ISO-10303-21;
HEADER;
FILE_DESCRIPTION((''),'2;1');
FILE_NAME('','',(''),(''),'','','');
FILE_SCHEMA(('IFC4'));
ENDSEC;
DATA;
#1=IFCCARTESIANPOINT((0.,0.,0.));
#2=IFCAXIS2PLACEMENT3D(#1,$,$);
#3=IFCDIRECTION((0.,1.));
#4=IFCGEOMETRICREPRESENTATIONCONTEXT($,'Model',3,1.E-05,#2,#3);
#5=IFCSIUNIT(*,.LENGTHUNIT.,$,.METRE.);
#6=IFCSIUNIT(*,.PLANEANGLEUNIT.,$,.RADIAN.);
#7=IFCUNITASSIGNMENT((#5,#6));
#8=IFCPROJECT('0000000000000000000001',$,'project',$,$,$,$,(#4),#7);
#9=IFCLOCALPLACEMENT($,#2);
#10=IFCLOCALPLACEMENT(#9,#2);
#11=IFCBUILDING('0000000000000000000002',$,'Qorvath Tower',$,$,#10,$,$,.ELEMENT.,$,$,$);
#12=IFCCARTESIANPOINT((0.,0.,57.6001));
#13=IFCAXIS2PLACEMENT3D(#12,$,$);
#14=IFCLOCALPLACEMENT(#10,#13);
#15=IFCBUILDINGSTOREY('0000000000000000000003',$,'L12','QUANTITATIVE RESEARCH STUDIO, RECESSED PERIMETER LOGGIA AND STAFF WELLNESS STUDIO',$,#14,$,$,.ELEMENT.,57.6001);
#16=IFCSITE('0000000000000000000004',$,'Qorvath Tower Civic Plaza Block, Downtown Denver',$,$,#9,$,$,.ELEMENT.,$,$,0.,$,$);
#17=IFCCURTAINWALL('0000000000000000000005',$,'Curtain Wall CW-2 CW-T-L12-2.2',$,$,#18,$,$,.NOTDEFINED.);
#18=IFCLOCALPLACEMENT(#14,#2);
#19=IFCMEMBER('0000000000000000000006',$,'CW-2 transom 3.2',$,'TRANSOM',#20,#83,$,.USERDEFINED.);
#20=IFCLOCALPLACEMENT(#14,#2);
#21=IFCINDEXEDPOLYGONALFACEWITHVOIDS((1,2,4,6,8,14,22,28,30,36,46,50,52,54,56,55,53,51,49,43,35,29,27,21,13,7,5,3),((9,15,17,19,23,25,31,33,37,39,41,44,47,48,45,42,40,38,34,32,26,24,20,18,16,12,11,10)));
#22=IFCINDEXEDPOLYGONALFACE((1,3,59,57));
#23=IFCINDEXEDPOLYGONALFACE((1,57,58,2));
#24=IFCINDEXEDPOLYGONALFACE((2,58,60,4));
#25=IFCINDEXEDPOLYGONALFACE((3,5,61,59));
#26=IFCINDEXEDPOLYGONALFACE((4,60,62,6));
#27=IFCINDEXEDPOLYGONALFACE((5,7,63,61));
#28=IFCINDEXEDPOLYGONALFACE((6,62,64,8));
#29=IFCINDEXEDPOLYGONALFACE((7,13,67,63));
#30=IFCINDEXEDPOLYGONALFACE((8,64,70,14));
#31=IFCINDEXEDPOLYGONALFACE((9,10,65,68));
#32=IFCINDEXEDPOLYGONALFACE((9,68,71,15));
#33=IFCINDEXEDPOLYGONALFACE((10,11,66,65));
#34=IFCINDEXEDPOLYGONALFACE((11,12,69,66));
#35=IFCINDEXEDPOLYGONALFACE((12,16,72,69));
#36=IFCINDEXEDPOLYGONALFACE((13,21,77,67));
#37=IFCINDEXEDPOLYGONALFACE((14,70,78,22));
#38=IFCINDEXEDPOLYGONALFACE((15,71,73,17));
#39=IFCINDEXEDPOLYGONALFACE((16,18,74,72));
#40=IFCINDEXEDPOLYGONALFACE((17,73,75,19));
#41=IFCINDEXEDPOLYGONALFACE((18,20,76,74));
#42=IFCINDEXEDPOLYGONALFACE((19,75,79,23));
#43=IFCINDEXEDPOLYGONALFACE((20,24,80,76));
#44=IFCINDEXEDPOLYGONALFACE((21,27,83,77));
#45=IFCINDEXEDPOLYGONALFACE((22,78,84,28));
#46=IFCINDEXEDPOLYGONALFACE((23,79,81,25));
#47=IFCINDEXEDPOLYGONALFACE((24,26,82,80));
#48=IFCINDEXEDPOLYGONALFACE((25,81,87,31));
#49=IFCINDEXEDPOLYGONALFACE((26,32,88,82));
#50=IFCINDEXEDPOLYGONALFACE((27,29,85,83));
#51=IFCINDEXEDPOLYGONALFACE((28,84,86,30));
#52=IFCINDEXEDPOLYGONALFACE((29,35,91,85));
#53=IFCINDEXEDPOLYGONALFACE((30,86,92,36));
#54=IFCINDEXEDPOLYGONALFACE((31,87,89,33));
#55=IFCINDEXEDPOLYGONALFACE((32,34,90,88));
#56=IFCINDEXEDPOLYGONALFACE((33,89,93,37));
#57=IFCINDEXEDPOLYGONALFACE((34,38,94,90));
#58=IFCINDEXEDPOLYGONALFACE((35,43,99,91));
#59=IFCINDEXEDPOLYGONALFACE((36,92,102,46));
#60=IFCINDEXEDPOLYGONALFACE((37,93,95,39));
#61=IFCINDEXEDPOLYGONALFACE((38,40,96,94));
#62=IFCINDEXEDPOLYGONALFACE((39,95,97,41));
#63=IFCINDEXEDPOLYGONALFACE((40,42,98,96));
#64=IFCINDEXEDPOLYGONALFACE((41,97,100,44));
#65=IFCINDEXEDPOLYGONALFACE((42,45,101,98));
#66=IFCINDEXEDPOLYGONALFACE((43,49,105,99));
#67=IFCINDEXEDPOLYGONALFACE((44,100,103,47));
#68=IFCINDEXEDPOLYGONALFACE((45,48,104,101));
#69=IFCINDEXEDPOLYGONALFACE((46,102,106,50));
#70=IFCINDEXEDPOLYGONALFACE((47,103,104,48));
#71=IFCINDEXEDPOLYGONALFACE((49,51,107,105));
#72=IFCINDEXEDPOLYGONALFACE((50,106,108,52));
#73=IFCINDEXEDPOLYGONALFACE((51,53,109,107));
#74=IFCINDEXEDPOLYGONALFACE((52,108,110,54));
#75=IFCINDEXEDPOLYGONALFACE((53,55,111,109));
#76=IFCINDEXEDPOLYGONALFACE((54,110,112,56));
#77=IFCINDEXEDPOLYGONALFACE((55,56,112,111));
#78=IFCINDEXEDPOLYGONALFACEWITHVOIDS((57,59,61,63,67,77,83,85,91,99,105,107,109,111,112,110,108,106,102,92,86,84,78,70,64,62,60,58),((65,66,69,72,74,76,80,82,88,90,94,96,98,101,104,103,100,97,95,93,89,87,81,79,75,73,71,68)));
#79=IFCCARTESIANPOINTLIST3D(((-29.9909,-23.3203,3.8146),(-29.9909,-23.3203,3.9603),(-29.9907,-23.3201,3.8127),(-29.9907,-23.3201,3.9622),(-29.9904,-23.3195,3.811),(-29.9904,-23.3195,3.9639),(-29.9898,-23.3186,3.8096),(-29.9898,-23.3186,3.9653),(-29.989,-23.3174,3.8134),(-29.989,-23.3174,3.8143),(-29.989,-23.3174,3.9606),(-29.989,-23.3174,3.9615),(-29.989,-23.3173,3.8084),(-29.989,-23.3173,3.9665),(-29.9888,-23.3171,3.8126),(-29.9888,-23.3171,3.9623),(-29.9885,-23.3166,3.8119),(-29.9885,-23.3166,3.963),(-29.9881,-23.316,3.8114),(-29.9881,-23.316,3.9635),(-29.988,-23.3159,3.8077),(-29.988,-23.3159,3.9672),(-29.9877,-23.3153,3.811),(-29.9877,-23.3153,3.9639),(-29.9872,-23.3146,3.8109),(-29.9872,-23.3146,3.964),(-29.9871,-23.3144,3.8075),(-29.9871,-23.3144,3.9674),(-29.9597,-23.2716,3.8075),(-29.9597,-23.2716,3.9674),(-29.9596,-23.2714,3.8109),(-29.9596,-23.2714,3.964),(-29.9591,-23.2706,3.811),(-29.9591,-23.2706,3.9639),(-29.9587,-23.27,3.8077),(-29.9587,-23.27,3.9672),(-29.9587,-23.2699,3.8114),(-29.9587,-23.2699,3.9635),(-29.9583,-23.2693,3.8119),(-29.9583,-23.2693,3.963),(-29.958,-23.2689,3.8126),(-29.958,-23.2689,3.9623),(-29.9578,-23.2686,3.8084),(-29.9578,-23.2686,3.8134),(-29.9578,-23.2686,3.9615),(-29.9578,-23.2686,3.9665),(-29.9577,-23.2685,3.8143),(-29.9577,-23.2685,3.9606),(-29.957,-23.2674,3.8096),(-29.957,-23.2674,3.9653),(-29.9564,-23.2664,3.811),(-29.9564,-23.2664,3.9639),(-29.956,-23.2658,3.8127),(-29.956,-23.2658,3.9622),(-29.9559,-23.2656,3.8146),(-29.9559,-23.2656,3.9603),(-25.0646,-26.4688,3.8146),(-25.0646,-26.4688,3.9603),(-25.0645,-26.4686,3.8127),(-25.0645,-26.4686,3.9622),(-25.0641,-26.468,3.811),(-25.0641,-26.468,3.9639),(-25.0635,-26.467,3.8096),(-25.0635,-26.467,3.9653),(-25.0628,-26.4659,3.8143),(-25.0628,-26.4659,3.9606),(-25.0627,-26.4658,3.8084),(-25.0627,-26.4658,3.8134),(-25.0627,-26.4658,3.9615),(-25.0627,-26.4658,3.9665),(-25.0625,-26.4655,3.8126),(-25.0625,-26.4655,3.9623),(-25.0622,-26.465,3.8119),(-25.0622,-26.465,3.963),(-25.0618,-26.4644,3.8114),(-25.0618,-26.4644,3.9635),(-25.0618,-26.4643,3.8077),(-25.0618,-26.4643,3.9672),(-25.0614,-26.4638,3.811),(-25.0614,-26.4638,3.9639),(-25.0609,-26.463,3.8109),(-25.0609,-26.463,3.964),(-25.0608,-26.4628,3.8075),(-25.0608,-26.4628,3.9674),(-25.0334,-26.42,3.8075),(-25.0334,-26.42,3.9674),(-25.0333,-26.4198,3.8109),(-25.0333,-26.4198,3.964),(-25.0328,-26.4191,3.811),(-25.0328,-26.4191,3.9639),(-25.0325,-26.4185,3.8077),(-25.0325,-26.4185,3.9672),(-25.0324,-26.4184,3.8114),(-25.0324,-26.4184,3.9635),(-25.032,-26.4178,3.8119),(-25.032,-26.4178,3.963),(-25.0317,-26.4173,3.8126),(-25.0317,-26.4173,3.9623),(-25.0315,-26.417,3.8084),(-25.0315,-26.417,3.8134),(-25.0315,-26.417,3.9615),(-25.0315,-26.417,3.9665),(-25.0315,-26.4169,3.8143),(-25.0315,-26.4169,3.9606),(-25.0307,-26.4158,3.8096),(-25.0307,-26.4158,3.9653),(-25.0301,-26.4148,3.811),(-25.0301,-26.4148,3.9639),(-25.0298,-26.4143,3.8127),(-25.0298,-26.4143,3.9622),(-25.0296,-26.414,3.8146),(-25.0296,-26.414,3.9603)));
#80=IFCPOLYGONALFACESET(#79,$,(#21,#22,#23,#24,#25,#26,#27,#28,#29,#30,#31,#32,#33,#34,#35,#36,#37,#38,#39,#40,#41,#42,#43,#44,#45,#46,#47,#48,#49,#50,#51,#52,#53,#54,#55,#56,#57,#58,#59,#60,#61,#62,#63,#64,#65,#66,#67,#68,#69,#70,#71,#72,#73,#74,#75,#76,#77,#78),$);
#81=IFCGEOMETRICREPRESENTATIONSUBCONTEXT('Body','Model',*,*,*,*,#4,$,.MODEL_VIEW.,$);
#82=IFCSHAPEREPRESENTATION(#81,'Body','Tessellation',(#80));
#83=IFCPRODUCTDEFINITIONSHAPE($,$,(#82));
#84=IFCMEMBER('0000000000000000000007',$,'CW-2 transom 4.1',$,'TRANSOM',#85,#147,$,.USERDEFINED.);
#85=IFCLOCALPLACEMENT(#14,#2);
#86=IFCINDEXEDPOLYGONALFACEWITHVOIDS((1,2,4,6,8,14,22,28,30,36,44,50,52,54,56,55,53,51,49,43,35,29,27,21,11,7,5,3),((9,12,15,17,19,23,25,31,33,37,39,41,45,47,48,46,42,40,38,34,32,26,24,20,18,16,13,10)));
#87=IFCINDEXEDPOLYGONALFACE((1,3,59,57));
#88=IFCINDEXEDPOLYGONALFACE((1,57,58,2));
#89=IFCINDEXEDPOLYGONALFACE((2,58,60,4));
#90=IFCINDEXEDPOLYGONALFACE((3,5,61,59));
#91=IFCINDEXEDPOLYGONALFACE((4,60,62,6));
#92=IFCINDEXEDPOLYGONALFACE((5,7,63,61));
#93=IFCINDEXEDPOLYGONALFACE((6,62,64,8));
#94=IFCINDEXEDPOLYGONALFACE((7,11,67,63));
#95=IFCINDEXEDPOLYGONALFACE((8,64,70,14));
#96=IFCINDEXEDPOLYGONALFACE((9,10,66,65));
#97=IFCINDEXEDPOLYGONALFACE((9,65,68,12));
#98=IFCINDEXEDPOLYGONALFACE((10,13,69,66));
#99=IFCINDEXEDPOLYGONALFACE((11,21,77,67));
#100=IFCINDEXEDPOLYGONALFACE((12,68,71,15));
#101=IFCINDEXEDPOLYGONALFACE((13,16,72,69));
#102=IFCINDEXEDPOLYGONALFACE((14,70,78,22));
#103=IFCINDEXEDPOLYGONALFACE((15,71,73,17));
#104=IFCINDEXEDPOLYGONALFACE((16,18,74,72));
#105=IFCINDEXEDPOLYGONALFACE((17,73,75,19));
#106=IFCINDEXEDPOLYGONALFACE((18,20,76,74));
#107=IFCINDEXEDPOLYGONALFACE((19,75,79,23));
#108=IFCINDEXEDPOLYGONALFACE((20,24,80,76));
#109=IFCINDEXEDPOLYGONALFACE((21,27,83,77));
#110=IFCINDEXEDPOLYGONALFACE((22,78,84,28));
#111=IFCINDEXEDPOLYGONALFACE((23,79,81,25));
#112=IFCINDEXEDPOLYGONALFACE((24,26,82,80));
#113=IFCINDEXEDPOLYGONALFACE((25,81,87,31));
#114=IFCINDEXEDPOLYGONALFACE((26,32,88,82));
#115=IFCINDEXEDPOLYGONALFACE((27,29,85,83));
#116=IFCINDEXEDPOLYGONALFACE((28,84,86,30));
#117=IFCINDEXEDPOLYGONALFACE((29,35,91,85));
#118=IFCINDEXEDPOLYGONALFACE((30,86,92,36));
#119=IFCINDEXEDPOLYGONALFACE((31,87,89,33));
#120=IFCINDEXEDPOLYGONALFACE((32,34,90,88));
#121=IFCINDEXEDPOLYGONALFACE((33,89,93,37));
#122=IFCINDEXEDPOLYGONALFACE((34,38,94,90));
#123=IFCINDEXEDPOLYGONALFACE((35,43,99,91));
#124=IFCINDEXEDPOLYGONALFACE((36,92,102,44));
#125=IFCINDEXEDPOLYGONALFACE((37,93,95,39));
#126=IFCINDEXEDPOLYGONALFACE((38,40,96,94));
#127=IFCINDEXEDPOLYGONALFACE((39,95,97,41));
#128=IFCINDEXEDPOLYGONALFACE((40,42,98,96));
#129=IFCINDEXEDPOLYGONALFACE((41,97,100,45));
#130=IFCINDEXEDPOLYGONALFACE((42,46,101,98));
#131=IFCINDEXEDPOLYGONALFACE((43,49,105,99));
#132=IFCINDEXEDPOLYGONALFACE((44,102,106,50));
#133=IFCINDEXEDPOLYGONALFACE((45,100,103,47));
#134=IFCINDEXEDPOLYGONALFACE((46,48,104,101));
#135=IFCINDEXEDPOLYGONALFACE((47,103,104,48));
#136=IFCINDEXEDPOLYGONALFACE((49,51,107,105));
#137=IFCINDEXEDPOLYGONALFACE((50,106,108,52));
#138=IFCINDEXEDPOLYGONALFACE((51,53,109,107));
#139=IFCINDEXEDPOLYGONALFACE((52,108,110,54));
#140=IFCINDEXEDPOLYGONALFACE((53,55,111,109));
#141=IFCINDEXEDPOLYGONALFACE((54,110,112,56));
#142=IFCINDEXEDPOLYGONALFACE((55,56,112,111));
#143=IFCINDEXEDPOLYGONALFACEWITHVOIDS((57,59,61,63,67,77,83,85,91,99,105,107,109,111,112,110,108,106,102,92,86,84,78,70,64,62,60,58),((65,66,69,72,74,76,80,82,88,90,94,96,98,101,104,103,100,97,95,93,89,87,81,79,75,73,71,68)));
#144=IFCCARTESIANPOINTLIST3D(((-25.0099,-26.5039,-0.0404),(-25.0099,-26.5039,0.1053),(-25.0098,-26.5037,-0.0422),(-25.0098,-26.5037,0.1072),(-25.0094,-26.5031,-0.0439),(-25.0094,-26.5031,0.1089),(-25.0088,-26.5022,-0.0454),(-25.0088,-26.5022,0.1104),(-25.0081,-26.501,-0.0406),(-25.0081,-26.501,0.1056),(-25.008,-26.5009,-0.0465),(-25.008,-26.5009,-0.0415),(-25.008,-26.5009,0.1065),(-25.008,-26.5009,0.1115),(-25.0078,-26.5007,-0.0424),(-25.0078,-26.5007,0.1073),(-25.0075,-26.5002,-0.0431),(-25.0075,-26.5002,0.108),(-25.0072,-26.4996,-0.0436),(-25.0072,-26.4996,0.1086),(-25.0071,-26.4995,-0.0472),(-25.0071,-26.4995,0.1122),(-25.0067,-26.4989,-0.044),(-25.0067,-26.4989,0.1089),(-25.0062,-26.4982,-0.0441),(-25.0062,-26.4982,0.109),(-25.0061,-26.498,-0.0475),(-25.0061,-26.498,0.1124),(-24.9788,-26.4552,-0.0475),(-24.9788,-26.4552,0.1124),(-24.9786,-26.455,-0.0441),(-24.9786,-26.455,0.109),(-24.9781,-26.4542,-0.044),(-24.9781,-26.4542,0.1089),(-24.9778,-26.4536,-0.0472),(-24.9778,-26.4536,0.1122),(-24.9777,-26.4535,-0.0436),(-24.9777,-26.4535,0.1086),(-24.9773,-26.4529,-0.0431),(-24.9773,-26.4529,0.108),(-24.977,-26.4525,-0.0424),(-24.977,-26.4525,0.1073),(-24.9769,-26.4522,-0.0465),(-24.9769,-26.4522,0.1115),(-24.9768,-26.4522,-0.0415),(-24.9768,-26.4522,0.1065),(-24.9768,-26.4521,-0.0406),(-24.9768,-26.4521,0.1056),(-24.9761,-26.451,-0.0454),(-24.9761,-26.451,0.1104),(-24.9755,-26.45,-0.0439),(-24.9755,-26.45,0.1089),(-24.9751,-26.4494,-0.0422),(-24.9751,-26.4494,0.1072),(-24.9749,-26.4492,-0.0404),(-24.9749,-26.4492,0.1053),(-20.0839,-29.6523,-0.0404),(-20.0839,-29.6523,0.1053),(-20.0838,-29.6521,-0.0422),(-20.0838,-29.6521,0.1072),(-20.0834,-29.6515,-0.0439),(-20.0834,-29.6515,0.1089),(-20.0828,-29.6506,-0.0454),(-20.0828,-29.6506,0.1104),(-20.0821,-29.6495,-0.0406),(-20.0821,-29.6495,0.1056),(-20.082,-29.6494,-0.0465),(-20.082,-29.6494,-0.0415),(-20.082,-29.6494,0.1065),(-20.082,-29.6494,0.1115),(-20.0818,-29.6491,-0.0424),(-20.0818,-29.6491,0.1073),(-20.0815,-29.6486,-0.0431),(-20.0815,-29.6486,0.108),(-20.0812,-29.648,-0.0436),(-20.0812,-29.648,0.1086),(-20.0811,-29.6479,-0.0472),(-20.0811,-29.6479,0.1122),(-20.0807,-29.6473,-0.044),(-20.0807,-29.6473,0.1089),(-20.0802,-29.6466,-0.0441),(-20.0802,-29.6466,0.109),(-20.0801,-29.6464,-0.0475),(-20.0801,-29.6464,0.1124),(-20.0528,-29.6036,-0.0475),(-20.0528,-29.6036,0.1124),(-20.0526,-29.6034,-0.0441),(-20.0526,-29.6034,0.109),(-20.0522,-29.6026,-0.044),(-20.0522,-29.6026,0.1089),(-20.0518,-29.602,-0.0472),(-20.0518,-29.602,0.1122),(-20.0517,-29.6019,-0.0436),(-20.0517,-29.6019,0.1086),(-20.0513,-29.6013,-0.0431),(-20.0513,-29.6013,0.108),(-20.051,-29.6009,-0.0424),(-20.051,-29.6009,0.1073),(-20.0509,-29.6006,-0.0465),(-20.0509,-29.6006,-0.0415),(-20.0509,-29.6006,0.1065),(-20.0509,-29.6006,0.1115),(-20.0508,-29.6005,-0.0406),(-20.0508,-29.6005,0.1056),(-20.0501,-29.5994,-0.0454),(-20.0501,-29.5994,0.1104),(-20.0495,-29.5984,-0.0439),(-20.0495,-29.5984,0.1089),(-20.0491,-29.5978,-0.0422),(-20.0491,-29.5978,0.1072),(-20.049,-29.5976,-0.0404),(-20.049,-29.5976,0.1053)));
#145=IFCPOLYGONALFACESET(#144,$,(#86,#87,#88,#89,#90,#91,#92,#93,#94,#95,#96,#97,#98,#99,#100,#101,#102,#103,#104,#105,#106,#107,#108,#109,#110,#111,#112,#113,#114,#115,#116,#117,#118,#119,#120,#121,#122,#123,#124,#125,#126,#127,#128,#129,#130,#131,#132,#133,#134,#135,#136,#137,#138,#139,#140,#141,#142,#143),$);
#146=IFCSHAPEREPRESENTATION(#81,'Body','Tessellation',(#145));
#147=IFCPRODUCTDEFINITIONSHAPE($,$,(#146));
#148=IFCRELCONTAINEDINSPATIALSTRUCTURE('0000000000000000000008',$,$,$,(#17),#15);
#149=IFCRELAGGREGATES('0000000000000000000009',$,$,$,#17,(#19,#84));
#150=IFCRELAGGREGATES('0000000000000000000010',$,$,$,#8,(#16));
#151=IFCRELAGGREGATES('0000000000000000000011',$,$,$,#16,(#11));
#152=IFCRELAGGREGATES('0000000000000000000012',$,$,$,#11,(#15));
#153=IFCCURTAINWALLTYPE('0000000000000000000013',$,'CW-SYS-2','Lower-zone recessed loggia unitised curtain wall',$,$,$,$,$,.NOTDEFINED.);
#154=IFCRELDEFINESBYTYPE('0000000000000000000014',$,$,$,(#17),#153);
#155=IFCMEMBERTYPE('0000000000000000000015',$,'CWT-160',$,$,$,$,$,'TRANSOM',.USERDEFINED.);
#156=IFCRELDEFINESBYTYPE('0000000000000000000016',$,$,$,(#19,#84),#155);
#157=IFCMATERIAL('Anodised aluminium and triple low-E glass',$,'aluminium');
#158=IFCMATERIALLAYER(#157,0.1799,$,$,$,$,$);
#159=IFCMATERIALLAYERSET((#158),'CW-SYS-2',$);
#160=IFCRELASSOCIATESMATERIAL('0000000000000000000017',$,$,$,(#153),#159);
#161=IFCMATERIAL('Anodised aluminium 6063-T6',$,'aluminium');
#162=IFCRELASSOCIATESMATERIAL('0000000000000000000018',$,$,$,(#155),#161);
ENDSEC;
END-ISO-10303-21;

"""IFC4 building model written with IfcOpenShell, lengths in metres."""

from ifc_helpers import new_model, si_unit, direction, frame, origin, origin_2d, place, context, subcontext, project, spatial, hollow_rectangle, extrude, material, layer, layer_set, material_profile, profile_set, type_object, element, aggregate, save


model = new_model("IFC4")

# Units and contexts
model_context = context("Model", 3, precision=1e-05, world=origin(), true_north=direction((0.0, 1.0)))
body_context = subcontext(model_context, "Body", "Model", "MODEL_VIEW")
ifc_project = project(units=[si_unit("LENGTHUNIT", "METRE"), si_unit("PLANEANGLEUNIT", "RADIAN")], contexts=[model_context])

# Site, building, storey
site_placement = place(None, origin())
site = spatial("IfcSite", under=ifc_project, at=site_placement, Name="Qorvath Tower Civic Plaza Block, Downtown Denver", CompositionType="ELEMENT", RefElevation=0.0)
building_placement = place(site_placement, origin())
building = spatial("IfcBuilding", under=site, at=building_placement, Name="Qorvath Tower", CompositionType="ELEMENT")
storey_placement = place(building_placement, frame((0.0, 0.0, 57.6001)))
storey = spatial("IfcBuildingStorey", under=building, at=storey_placement, Name="L12", Description="QUANTITATIVE RESEARCH STUDIO, RECESSED PERIMETER LOGGIA AND STAFF WELLNESS STUDIO", CompositionType="ELEMENT", Elevation=57.6001)

# Curtain wall, members
ifc_material_1 = material(Name="Anodised aluminium and triple low-E glass", Category="aluminium")
ifc_layer_1 = layer(ifc_material_1, 0.1799)
ifc_layer_set_1 = layer_set([ifc_layer_1], Name="CW-SYS-2")
curtain_wall_type = type_object("IfcCurtainWallType", Name="CW-SYS-2", Description="Lower-zone recessed loggia unitised curtain wall", PredefinedType="NOTDEFINED", material=ifc_layer_set_1)
curtain_wall_placement = place(storey_placement, origin())
curtain_wall = element("IfcCurtainWall", 1, at=curtain_wall_placement, inside=storey, type_object=curtain_wall_type, Name="Curtain Wall CW-2 CW-T-L12-2.2", PredefinedType="NOTDEFINED")
ifc_material_2 = material(Name="Anodised aluminium 6063-T6", Category="aluminium")
ifc_material_profile_1 = material_profile(ifc_material_2, hollow_rectangle(XDim=0.0649, YDim=0.1599, WallThickness=0.0034, InnerFilletRadius=0.0034, OuterFilletRadius=0.0071, at=origin_2d()), Name="CWT 160x65")
ifc_profile_set_1 = profile_set([ifc_material_profile_1], Name="Anodised aluminium 6063-T6")
member_type_1 = type_object("IfcMemberType", Name="CWT-160", ElementType="TRANSOM", PredefinedType="USERDEFINED", material=ifc_profile_set_1)
member_1_placement = place(storey_placement, frame((-29.9734, -23.293, 3.8875), z_axis=(0.842611, -0.538523, 0.0), x_axis=(0.538523, 0.842611, 0.0)))
member_1 = element("IfcMember", 2, at=member_1_placement, type_object=member_type_1, Name="CW-2 transom 3.2", ObjectType="TRANSOM", PredefinedType="USERDEFINED", context=body_context, shape_type="SweptSolid", body=[
    extrude(hollow_rectangle(XDim=0.0649, YDim=0.1599, WallThickness=0.0034, InnerFilletRadius=0.0034, OuterFilletRadius=0.0071, at=origin_2d()), origin(), (0.0, 0.0, 1.0), 5.8464),
])
member_2_placement = place(storey_placement, frame((-24.9924, -26.4766, 0.0325), z_axis=(0.842599, -0.538542, 0.0), x_axis=(0.538542, 0.842599, 0.0)))
member_2 = element("IfcMember", 3, at=member_2_placement, type_object=member_type_1, Name="CW-2 transom 4.1", ObjectType="TRANSOM", PredefinedType="USERDEFINED", context=body_context, shape_type="SweptSolid", body=[
    extrude(hollow_rectangle(XDim=0.0649, YDim=0.1599, WallThickness=0.0034, InnerFilletRadius=0.0034, OuterFilletRadius=0.0071, at=origin_2d()), origin(), (0.0, 0.0, 1.0), 5.8462),
])
aggregate(curtain_wall, [member_1, member_2])

save(model, "model.ifc")
